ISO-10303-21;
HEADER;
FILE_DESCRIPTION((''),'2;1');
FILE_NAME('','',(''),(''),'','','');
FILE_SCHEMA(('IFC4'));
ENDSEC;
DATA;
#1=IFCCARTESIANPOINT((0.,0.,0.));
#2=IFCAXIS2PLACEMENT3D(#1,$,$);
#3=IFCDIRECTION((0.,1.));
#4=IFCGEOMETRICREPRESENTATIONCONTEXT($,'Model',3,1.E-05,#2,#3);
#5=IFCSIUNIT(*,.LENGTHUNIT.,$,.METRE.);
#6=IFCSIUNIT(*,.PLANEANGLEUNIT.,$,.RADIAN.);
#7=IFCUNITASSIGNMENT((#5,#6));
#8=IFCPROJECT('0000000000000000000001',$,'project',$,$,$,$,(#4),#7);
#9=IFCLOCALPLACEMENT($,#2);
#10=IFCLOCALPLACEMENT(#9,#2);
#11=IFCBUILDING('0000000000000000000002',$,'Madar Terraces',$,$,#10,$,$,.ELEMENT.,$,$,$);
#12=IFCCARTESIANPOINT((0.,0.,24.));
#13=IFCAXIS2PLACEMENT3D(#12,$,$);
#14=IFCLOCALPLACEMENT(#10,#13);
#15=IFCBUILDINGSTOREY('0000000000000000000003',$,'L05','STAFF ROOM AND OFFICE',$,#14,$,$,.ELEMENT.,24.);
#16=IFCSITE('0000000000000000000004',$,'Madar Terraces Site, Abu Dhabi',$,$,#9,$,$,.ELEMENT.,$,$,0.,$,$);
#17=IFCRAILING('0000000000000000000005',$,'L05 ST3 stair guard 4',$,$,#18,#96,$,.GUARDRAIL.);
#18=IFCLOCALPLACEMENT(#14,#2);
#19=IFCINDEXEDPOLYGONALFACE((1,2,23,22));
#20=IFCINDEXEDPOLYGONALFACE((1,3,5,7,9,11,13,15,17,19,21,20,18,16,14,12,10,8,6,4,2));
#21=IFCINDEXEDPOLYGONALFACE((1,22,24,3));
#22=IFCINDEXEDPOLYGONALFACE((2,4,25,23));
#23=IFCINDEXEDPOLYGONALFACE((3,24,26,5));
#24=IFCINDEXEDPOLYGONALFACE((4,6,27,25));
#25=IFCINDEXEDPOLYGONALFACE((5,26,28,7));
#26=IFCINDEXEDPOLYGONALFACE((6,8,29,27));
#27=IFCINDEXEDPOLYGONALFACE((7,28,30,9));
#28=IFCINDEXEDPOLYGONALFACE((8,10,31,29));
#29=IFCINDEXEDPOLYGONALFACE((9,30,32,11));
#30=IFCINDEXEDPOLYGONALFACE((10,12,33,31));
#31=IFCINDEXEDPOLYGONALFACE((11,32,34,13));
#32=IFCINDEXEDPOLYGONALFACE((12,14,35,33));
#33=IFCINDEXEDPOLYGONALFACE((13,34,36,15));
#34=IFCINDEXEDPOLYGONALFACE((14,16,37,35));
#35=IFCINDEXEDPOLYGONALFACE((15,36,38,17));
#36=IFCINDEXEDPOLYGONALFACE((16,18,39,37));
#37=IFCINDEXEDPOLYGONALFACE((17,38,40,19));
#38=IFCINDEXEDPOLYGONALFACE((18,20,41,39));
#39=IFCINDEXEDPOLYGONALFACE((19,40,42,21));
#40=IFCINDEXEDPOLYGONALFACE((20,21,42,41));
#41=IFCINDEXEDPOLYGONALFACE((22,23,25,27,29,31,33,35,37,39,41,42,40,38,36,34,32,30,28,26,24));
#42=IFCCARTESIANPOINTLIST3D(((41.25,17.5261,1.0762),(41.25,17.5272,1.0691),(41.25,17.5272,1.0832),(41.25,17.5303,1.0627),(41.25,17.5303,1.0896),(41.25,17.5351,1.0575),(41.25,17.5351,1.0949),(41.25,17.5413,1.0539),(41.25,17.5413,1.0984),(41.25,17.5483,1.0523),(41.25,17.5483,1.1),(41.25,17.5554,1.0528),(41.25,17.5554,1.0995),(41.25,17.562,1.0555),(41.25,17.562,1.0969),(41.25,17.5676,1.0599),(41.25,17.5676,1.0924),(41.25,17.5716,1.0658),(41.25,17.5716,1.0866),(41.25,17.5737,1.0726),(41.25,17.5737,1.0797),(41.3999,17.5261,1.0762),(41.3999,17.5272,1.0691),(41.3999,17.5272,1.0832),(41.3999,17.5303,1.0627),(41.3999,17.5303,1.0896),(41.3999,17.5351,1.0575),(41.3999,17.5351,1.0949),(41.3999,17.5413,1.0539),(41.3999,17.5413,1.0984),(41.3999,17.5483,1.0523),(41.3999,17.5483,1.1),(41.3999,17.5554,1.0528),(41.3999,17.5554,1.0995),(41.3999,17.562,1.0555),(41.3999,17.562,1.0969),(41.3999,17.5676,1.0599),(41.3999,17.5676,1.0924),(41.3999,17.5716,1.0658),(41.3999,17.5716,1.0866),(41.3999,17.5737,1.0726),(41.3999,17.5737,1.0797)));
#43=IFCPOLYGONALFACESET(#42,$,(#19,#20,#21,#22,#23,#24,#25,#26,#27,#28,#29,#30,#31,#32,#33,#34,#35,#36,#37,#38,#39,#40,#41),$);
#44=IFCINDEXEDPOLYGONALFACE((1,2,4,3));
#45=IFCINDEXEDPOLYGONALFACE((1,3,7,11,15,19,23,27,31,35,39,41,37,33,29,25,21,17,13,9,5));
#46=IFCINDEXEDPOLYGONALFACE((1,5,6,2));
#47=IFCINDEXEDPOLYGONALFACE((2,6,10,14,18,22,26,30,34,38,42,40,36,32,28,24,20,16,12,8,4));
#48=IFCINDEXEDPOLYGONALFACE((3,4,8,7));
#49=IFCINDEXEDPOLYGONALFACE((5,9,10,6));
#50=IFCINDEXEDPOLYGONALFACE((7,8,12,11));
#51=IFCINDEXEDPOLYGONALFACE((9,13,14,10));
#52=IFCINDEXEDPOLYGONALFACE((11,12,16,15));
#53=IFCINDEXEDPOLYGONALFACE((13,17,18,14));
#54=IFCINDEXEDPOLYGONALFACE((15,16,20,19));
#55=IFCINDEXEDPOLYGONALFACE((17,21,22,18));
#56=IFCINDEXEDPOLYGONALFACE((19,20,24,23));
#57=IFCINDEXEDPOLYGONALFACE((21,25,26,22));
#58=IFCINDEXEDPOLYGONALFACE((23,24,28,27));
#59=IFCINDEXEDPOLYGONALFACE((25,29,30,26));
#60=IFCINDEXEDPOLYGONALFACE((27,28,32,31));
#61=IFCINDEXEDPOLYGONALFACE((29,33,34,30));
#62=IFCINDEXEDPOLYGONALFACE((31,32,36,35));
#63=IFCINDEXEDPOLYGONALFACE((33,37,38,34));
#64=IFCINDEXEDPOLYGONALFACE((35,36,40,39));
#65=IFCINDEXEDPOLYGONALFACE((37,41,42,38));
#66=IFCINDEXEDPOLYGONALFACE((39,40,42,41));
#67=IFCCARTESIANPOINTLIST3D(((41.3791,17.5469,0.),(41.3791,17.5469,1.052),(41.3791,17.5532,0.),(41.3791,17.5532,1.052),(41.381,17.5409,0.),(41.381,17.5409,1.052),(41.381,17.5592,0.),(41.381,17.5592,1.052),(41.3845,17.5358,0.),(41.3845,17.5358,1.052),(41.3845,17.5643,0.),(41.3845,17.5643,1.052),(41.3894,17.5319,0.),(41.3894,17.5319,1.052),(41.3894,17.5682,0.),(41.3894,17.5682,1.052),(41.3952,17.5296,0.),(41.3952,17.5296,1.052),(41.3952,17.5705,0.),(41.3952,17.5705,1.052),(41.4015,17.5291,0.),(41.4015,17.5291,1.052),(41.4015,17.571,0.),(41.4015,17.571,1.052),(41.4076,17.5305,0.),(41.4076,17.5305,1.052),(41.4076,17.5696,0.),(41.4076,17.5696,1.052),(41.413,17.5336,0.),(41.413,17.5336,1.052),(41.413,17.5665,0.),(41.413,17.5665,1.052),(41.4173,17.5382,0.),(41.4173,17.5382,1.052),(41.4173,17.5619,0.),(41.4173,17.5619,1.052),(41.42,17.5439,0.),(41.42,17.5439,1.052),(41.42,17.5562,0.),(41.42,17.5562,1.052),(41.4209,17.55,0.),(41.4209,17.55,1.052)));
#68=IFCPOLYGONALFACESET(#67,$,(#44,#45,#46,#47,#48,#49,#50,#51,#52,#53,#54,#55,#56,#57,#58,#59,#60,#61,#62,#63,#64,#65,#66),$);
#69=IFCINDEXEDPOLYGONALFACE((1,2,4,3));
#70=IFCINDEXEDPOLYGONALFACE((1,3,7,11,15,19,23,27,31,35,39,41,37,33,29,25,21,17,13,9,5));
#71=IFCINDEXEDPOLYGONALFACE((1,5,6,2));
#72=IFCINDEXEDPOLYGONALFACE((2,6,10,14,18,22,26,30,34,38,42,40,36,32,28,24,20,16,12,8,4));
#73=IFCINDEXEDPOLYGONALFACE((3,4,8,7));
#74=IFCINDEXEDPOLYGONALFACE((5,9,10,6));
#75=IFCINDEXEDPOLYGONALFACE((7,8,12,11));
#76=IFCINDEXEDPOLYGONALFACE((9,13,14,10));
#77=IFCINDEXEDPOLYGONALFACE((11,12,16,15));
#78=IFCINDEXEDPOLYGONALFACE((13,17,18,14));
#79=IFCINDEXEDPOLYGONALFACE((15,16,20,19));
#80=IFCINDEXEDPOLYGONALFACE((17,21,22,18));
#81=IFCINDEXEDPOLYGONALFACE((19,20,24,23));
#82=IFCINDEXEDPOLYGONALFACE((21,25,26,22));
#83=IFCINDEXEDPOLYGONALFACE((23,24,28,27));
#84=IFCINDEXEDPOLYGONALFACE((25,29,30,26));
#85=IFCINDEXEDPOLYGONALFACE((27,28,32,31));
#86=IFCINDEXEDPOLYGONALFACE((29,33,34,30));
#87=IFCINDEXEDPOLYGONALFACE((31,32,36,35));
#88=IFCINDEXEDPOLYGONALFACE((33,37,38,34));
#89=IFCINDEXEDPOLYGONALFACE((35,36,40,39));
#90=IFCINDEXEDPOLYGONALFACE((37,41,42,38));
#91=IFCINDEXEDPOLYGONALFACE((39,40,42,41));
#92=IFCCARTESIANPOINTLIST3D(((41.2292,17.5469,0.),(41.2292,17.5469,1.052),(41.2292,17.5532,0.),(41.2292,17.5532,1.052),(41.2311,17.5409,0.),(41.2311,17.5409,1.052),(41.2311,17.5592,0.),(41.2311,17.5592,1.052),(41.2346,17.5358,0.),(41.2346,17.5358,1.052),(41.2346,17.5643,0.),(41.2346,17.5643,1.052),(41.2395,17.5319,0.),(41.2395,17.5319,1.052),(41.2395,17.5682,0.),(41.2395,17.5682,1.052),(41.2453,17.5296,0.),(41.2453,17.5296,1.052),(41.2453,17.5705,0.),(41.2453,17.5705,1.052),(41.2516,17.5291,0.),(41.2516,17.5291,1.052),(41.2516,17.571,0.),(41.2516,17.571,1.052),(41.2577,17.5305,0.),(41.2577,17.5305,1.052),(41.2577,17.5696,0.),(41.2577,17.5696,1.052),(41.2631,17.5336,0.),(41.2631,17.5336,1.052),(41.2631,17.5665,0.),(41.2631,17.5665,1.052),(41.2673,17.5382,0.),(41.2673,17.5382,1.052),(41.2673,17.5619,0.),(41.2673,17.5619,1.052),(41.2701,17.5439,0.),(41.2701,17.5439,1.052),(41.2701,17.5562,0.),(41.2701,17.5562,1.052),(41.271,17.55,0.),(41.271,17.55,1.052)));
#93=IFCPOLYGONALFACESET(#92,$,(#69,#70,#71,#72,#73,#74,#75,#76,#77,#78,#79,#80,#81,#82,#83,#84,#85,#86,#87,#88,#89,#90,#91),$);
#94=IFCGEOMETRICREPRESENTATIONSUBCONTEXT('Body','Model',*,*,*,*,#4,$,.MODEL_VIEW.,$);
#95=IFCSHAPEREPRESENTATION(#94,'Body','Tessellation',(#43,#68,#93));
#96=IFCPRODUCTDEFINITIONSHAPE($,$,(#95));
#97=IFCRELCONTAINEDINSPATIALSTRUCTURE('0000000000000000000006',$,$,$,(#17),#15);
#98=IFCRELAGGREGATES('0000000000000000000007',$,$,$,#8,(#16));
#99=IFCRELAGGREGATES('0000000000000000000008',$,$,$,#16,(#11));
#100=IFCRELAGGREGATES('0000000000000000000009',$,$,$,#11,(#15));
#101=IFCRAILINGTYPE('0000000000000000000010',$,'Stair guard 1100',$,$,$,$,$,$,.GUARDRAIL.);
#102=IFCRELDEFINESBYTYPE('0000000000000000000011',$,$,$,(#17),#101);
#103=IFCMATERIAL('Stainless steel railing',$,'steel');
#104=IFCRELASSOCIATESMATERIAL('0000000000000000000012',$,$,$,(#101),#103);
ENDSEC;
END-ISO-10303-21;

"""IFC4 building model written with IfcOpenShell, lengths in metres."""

from ifc_helpers import new_model, si_unit, direction, frame, origin, origin_2d, place, context, subcontext, project, spatial, circle, extrude, material, type_object, element, save


model = new_model("IFC4")

# Units and contexts
model_context = context("Model", 3, precision=1e-05, world=origin(), true_north=direction((0.0, 1.0)))
body_context = subcontext(model_context, "Body", "Model", "MODEL_VIEW")
ifc_project = project(units=[si_unit("LENGTHUNIT", "METRE"), si_unit("PLANEANGLEUNIT", "RADIAN")], contexts=[model_context])

# Site, building, storey
site_placement = place(None, origin())
site = spatial("IfcSite", under=ifc_project, at=site_placement, Name="Madar Terraces Site, Abu Dhabi", CompositionType="ELEMENT", RefElevation=0.0)
building_placement = place(site_placement, origin())
building = spatial("IfcBuilding", under=site, at=building_placement, Name="Madar Terraces", CompositionType="ELEMENT")
storey_placement = place(building_placement, frame((0.0, 0.0, 24.0)))
storey = spatial("IfcBuildingStorey", under=building, at=storey_placement, Name="L05", Description="STAFF ROOM AND OFFICE", CompositionType="ELEMENT", Elevation=24.0)

# Railing
ifc_material_1 = material(Name="Stainless steel railing", Category="steel")
railing_type_1 = type_object("IfcRailingType", Name="Stair guard 1100", PredefinedType="GUARDRAIL", material=ifc_material_1)
railing_1_placement = place(storey_placement, frame((41.3999, 17.55, 0.0)))
element("IfcRailing", 1, at=railing_1_placement, inside=storey, type_object=railing_type_1, Name="L05 ST3 stair guard 4", PredefinedType="GUARDRAIL", context=body_context, shape_type="SweptSolid", body=[
    extrude(circle(Radius=0.0239, at=origin_2d()), frame((0.0, 0.0, 1.0762), z_axis=(-1.0, 0.0, 0.0), x_axis=(0.0, -1.0, 0.0)), (0.0, 0.0, 1.0), 0.1499),
    extrude(circle(Radius=0.021, at=origin_2d()), origin(), (0.0, 0.0, 1.0), 1.052),
    extrude(circle(Radius=0.021, at=origin_2d()), frame((-0.1499, 0.0, 0.0)), (0.0, 0.0, 1.0), 1.052),
])

save(model, "model.ifc")
